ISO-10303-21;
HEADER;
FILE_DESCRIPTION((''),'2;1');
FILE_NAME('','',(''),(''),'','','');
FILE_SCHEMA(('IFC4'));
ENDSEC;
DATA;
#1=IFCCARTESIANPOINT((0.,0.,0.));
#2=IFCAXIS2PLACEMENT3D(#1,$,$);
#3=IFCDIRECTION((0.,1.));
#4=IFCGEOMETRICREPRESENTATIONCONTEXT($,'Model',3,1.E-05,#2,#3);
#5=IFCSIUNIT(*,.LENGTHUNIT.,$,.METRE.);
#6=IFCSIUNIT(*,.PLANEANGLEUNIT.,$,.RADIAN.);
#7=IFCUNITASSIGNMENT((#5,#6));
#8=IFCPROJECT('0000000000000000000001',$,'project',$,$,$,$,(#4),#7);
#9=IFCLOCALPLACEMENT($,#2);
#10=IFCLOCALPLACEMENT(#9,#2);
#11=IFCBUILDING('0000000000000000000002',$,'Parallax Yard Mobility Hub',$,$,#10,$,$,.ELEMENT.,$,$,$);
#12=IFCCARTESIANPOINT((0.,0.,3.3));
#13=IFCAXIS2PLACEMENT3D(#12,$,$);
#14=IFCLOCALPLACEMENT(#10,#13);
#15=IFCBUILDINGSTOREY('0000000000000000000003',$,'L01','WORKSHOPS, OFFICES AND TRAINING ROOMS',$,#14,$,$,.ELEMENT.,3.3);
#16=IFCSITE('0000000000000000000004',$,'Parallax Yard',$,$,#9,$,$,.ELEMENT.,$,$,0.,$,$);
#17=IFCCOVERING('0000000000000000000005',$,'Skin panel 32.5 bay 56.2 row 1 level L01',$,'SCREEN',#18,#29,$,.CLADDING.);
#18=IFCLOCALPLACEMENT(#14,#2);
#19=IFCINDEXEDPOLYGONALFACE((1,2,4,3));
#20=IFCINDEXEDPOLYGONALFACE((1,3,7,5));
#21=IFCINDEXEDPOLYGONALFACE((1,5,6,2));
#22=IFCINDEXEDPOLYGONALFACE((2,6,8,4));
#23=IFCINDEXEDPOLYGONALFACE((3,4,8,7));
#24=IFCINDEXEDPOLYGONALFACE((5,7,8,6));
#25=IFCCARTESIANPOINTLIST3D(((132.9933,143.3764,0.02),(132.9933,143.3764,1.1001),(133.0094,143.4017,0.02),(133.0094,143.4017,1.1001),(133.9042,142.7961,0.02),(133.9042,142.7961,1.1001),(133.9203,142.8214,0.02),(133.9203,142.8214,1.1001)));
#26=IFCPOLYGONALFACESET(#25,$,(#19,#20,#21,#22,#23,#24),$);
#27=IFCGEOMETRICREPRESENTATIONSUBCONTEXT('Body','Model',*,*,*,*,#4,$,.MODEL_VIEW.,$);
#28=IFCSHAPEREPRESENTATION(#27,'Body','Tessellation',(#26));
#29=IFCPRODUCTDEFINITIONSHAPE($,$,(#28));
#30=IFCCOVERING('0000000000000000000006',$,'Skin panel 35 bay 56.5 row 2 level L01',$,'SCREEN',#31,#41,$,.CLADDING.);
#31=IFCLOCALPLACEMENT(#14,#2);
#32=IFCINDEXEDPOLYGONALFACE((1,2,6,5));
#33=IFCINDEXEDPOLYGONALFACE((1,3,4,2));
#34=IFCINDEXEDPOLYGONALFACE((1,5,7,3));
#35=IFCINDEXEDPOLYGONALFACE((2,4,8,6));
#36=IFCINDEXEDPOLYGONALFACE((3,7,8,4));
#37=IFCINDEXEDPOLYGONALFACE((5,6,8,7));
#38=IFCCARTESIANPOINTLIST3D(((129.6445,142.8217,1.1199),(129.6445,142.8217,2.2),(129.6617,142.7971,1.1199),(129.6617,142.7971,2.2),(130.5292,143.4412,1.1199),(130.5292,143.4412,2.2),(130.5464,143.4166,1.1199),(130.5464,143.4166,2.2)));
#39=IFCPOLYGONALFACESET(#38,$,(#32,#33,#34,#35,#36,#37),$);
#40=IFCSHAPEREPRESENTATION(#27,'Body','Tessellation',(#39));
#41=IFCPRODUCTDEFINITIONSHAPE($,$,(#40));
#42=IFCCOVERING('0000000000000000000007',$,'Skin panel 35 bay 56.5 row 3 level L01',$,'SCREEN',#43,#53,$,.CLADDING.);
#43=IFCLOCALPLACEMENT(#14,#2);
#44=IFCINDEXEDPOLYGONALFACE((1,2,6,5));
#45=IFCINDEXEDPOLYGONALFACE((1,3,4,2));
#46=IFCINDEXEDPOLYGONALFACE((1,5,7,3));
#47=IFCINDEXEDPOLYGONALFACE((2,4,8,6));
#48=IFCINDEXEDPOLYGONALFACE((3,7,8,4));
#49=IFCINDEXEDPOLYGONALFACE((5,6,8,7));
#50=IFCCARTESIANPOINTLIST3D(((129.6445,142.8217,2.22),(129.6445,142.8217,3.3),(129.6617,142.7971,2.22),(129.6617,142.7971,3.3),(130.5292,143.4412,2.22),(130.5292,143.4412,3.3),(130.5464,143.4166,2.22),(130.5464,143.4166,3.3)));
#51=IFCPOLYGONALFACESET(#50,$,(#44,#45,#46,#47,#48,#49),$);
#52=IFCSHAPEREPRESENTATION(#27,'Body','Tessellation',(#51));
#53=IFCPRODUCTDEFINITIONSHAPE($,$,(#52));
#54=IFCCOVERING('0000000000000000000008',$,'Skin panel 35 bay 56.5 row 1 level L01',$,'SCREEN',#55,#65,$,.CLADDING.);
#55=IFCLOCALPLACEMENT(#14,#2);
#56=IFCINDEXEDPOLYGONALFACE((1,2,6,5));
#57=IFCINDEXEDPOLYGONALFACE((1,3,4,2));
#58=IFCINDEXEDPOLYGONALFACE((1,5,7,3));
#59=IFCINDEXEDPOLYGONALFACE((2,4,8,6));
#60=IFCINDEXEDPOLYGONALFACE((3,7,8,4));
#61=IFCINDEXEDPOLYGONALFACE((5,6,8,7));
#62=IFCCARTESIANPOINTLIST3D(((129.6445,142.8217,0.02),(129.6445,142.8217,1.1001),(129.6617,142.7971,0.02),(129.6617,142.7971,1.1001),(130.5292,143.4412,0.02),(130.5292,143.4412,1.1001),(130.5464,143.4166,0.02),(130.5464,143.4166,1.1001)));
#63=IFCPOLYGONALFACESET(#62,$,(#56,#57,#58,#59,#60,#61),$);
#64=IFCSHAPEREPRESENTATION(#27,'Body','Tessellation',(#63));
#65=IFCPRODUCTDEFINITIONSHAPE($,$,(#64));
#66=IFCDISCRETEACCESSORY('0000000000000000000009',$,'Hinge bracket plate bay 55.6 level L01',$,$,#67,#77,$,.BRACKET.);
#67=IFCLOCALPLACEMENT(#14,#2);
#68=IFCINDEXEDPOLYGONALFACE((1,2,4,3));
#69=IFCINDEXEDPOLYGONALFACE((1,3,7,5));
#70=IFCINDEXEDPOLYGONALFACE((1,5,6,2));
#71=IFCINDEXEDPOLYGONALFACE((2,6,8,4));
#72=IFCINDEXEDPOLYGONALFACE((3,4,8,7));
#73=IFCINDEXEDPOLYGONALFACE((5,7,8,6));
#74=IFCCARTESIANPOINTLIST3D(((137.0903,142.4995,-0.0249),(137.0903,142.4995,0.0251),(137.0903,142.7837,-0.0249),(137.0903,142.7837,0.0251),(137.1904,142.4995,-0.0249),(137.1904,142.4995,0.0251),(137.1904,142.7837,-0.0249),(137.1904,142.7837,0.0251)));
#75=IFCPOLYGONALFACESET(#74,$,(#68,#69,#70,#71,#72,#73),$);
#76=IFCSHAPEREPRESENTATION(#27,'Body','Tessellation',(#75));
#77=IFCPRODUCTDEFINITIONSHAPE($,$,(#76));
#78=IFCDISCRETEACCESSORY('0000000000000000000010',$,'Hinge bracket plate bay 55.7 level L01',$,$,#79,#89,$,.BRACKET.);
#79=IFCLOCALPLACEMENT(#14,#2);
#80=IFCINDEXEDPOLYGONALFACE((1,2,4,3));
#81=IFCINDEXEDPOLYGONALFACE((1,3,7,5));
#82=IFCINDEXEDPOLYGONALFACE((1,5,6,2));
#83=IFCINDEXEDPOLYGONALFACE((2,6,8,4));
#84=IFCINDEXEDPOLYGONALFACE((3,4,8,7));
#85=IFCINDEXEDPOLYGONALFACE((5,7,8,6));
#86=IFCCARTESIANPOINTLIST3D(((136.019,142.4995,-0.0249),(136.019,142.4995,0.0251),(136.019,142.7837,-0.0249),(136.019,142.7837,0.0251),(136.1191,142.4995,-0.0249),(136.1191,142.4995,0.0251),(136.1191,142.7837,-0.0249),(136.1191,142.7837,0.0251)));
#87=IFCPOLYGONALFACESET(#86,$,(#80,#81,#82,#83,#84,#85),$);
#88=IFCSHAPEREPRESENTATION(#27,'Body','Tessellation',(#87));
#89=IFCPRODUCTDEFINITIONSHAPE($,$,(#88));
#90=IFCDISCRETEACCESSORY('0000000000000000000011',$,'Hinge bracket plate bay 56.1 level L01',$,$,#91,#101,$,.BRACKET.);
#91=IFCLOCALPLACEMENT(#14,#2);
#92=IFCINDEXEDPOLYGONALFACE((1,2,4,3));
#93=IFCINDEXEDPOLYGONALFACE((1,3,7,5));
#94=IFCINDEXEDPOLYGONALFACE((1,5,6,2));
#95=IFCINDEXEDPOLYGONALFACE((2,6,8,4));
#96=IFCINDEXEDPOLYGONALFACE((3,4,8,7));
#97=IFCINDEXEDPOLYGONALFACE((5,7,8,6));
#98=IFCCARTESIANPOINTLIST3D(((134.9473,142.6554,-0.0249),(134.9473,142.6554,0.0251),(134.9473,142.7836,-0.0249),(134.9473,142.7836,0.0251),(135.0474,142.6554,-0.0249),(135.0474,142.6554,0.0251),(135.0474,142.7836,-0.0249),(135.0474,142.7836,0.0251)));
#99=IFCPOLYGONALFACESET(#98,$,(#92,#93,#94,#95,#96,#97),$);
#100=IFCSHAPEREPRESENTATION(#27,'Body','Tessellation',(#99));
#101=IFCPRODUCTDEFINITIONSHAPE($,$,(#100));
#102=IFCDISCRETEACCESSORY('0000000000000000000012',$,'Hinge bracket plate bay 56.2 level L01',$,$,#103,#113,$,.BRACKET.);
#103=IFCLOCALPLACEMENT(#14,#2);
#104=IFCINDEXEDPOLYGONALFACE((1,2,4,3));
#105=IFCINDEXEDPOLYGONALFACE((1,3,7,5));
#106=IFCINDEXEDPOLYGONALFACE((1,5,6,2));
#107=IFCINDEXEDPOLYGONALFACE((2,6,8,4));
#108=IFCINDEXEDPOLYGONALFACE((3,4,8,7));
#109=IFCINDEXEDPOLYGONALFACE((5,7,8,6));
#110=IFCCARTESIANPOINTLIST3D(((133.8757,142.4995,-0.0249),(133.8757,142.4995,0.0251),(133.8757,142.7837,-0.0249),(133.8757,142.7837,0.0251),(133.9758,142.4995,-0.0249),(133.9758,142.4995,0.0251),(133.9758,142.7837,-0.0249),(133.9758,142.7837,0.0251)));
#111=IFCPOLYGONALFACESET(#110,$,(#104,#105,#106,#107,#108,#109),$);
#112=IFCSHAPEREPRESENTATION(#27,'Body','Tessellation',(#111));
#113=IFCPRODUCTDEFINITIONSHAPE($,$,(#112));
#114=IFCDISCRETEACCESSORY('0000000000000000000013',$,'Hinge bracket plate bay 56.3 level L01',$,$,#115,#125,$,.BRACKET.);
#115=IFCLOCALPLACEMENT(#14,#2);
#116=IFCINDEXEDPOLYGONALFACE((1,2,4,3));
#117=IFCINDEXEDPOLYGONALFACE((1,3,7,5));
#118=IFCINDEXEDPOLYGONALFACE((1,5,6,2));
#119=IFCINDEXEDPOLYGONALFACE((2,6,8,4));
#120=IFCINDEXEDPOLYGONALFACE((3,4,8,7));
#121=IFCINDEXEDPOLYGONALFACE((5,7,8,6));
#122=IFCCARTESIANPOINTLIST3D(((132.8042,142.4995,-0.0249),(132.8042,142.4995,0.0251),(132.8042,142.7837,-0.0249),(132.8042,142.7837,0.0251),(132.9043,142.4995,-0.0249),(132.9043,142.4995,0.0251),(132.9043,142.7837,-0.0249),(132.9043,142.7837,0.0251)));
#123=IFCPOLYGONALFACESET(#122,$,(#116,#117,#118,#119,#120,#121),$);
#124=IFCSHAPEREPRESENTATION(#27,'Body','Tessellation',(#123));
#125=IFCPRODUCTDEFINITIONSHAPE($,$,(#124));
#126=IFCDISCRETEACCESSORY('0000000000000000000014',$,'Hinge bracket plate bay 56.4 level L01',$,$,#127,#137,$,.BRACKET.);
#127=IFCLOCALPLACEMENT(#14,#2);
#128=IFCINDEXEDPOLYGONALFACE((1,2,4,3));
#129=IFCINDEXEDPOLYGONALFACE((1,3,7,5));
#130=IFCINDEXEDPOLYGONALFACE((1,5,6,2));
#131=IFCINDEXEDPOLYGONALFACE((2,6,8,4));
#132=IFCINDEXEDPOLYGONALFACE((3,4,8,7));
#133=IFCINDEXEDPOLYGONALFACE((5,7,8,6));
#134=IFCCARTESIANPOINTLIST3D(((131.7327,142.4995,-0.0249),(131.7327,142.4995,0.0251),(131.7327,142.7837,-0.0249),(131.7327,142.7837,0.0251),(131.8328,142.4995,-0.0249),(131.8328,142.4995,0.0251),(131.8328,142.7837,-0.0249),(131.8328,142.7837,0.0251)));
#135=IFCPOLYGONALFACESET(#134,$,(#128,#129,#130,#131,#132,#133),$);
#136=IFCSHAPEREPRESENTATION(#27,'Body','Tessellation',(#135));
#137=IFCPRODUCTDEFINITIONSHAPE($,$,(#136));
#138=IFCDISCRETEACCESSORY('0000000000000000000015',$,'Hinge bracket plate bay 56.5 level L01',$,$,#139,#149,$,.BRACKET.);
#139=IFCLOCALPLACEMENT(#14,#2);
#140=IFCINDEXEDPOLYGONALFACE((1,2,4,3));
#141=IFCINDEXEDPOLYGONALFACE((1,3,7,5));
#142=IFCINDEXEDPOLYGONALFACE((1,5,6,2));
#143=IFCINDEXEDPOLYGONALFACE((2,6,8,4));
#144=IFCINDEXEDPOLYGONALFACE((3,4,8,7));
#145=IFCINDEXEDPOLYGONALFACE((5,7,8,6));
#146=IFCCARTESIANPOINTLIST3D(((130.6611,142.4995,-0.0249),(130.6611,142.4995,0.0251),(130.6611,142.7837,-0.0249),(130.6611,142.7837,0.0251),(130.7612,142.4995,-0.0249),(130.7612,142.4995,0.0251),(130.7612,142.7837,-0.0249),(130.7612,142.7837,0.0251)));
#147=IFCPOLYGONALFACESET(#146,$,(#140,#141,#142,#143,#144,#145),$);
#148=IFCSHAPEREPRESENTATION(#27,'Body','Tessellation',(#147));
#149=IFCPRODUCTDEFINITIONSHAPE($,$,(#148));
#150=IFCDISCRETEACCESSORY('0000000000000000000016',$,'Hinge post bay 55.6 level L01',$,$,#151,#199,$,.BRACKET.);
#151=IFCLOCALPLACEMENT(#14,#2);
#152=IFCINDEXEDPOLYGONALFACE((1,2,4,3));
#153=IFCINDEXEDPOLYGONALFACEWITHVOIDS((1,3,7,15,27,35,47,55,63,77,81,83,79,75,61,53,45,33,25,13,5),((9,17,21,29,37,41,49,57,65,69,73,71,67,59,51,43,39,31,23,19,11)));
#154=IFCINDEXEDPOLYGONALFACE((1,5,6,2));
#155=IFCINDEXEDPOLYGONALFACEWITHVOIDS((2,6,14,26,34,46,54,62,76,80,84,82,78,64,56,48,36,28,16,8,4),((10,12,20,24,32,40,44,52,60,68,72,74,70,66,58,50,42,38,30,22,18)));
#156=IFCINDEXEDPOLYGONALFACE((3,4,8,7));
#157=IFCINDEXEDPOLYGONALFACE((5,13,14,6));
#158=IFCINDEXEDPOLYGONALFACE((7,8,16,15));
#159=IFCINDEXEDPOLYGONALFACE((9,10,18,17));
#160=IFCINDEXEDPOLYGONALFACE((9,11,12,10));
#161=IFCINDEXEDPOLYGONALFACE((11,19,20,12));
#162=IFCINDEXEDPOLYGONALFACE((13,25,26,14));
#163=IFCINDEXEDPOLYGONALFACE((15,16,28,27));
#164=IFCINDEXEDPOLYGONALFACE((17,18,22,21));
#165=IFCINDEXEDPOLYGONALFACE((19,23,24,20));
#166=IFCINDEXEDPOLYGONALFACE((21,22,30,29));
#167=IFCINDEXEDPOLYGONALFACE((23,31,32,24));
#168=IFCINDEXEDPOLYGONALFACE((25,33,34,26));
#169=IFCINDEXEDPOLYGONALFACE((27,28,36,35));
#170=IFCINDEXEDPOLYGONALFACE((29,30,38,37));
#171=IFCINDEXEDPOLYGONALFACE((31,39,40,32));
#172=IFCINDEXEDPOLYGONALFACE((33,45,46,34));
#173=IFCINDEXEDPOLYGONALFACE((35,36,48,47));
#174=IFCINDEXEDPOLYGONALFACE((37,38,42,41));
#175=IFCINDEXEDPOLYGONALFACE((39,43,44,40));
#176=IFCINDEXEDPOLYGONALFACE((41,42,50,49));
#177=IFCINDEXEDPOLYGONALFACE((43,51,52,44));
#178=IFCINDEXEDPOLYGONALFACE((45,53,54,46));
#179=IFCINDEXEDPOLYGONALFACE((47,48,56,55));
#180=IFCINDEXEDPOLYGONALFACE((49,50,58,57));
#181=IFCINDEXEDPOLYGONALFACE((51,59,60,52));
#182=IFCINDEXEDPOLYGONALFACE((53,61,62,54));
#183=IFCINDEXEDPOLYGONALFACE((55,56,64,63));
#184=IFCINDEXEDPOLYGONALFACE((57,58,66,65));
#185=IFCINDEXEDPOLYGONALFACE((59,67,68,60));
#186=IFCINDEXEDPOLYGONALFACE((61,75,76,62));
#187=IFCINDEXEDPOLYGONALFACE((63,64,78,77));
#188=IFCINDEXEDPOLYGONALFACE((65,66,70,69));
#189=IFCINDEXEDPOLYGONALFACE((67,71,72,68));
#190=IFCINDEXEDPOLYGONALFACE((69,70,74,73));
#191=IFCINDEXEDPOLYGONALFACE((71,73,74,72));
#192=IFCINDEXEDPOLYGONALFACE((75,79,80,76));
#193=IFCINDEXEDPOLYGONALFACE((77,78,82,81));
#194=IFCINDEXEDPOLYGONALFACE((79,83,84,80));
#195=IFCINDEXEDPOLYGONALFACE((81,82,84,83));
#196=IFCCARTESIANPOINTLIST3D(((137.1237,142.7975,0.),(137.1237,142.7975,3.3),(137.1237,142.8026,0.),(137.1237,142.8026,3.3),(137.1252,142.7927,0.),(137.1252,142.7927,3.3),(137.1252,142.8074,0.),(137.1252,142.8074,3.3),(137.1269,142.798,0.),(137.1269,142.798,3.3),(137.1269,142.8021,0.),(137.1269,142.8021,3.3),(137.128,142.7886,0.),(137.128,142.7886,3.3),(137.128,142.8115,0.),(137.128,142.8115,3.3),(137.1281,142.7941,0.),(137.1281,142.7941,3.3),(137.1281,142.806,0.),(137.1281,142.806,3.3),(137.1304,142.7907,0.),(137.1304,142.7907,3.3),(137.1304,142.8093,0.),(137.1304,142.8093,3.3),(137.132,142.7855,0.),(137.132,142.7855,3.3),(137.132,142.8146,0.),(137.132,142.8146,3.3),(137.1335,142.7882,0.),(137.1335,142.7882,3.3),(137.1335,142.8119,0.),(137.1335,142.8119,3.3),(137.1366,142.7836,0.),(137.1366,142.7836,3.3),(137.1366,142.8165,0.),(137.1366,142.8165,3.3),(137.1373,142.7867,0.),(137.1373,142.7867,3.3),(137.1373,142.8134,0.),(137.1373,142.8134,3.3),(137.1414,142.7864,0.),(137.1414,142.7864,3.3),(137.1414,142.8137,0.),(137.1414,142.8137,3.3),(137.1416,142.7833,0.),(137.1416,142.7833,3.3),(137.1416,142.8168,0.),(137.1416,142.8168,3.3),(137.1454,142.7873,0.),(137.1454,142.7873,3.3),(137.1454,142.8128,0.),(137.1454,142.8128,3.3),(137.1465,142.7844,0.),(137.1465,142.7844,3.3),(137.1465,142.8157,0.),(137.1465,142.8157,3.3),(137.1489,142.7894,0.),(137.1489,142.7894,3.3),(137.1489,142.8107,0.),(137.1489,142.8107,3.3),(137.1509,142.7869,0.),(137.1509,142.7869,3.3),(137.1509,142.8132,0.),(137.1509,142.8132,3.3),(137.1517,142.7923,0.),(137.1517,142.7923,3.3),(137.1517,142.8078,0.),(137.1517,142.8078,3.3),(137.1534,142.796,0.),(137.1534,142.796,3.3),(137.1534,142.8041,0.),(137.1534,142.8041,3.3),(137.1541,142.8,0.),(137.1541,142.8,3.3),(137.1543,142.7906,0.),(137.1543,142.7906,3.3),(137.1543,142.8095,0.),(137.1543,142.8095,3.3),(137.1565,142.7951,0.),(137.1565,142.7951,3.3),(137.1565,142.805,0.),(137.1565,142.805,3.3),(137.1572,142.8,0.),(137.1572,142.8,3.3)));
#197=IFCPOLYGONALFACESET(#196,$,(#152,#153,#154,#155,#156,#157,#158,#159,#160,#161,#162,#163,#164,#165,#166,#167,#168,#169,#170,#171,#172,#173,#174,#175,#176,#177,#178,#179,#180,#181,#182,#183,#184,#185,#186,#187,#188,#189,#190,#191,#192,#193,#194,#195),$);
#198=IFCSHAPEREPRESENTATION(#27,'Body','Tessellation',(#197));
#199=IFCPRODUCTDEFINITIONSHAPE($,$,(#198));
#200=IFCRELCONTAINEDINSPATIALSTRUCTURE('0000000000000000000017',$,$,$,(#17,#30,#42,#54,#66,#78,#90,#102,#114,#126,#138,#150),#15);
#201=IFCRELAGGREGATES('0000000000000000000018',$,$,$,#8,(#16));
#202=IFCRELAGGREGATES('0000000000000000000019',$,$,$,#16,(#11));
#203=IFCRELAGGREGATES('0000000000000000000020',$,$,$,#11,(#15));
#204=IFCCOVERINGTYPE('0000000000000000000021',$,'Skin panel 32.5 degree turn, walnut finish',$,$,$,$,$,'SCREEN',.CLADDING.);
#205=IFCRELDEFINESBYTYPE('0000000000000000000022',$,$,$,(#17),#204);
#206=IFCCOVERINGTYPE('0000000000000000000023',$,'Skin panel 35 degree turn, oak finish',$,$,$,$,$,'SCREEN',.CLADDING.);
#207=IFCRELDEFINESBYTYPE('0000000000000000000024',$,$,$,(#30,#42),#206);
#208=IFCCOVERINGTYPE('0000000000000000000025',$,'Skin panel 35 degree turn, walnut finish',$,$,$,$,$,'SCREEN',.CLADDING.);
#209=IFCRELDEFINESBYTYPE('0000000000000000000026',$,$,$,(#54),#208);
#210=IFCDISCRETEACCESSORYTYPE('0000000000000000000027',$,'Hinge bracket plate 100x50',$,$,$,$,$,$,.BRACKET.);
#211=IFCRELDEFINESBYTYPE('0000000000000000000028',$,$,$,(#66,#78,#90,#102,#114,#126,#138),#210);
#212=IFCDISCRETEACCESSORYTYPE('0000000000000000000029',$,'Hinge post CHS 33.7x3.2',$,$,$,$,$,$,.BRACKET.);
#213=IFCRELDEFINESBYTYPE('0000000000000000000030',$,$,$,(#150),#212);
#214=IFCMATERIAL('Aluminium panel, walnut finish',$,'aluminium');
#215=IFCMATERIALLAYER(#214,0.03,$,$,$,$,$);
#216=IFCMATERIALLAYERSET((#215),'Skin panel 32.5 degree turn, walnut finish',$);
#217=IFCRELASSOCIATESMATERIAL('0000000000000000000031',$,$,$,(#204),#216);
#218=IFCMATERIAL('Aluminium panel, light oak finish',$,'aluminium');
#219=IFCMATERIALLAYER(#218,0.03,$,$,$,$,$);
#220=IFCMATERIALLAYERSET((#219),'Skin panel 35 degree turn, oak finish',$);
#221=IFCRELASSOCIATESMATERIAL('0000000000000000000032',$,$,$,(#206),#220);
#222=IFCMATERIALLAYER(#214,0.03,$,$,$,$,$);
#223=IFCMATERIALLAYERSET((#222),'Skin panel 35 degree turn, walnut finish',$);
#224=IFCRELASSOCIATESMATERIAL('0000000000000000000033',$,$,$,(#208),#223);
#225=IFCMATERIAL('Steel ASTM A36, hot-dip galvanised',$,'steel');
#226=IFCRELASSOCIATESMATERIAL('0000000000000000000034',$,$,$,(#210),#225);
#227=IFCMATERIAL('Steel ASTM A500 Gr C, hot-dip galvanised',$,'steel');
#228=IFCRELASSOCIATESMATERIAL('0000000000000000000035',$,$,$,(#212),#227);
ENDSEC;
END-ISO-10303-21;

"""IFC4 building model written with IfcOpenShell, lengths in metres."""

from ifc_helpers import new_model, si_unit, direction, frame, origin, origin_2d, place, context, subcontext, project, spatial, rectangle, hollow_circle, extrude, material, layer, layer_set, material_profile, profile_set, type_object, element, save


model = new_model("IFC4")

# Units and contexts
model_context = context("Model", 3, precision=1e-05, world=origin(), true_north=direction((0.0, 1.0)))
body_context = subcontext(model_context, "Body", "Model", "MODEL_VIEW")
ifc_project = project(units=[si_unit("LENGTHUNIT", "METRE"), si_unit("PLANEANGLEUNIT", "RADIAN")], contexts=[model_context])

# Site, building, storey
site_placement = place(None, origin())
site = spatial("IfcSite", under=ifc_project, at=site_placement, Name="Parallax Yard", CompositionType="ELEMENT", RefElevation=0.0)
building_placement = place(site_placement, origin())
building = spatial("IfcBuilding", under=site, at=building_placement, Name="Parallax Yard Mobility Hub", CompositionType="ELEMENT")
storey_placement = place(building_placement, frame((0.0, 0.0, 3.3)))
storey = spatial("IfcBuildingStorey", under=building, at=storey_placement, Name="L01", Description="WORKSHOPS, OFFICES AND TRAINING ROOMS", CompositionType="ELEMENT", Elevation=3.3)

# Coverings
ifc_material_1 = material(Name="Aluminium panel, light oak finish", Category="aluminium")
ifc_material_2 = material(Name="Aluminium panel, walnut finish", Category="aluminium")
ifc_layer_1 = layer(ifc_material_2, 0.03)
ifc_layer_set_1 = layer_set([ifc_layer_1], Name="Skin panel 32.5 degree turn, walnut finish")
covering_type_1 = type_object("IfcCoveringType", Name="Skin panel 32.5 degree turn, walnut finish", ElementType="SCREEN", PredefinedType="CLADDING", material=ifc_layer_set_1)
for number, where, z_axis, x_axis, name in (
    (1, (133.4568, 143.0989, 0.02), (0.0, 0.0, 1.0), (-0.843391, 0.5373, 0.0), "Skin panel 32.5 bay 56.2 row 1 level L01"),
):
    element("IfcCovering", number, at=place(storey_placement, frame(where, z_axis=z_axis, x_axis=x_axis)), inside=storey, type_object=covering_type_1, Name=name, ObjectType="SCREEN", PredefinedType="CLADDING", context=body_context, shape_type="SweptSolid", body=[
        extrude(rectangle(XDim=1.0801, YDim=0.03, at=origin_2d()), origin(), (0.0, 0.0, 1.0), 1.0801),
    ])
ifc_layer_2 = layer(ifc_material_1, 0.03)
ifc_layer_set_2 = layer_set([ifc_layer_2], Name="Skin panel 35 degree turn, oak finish")
covering_type_2 = type_object("IfcCoveringType", Name="Skin panel 35 degree turn, oak finish", ElementType="SCREEN", PredefinedType="CLADDING", material=ifc_layer_set_2)
for number, where, z_axis, x_axis, name in (
    (2, (130.0955, 143.1191, 1.1199), (0.0, 0.0, 1.0), (0.819152, 0.573576, 0.0), "Skin panel 35 bay 56.5 row 2 level L01"),
    (3, (130.0955, 143.1191, 2.22), (0.0, 0.0, 1.0), (0.819152, 0.573576, 0.0), "Skin panel 35 bay 56.5 row 3 level L01"),
):
    element("IfcCovering", number, at=place(storey_placement, frame(where, z_axis=z_axis, x_axis=x_axis)), inside=storey, type_object=covering_type_2, Name=name, ObjectType="SCREEN", PredefinedType="CLADDING", context=body_context, shape_type="SweptSolid", body=[
        extrude(rectangle(XDim=1.0801, YDim=0.03, at=origin_2d()), origin(), (0.0, 0.0, 1.0), 1.0801),
    ])
ifc_layer_3 = layer(ifc_material_2, 0.03)
ifc_layer_set_3 = layer_set([ifc_layer_3], Name="Skin panel 35 degree turn, walnut finish")
covering_type_3 = type_object("IfcCoveringType", Name="Skin panel 35 degree turn, walnut finish", ElementType="SCREEN", PredefinedType="CLADDING", material=ifc_layer_set_3)
covering_1_placement = place(storey_placement, frame((130.0955, 143.1191, 0.02), z_axis=(0.0, 0.0, 1.0), x_axis=(0.819152, 0.573576, 0.0)))
element("IfcCovering", 4, at=covering_1_placement, inside=storey, type_object=covering_type_3, Name="Skin panel 35 bay 56.5 row 1 level L01", ObjectType="SCREEN", PredefinedType="CLADDING", context=body_context, shape_type="SweptSolid", body=[
    extrude(rectangle(XDim=1.0801, YDim=0.03, at=origin_2d()), origin(), (0.0, 0.0, 1.0), 1.0801),
])

# Discrete accessories
ifc_material_3 = material(Name="Steel ASTM A36, hot-dip galvanised", Category="steel")
discrete_accessory_type_1 = type_object("IfcDiscreteAccessoryType", Name="Hinge bracket plate 100x50", PredefinedType="BRACKET", material=ifc_material_3)
for number, where, z_axis, x_axis, name in (
    (5, (137.1404, 142.6416, -0.0249), (0.0, 0.0, 1.0), (0.0, 1.0, 0.0), "Hinge bracket plate bay 55.6 level L01"),
    (6, (136.0691, 142.6416, -0.0249), (0.0, 0.0, 1.0), (0.0, 1.0, 0.0), "Hinge bracket plate bay 55.7 level L01"),
):
    element("IfcDiscreteAccessory", number, at=place(storey_placement, frame(where, z_axis=z_axis, x_axis=x_axis)), inside=storey, type_object=discrete_accessory_type_1, Name=name, PredefinedType="BRACKET", context=body_context, shape_type="SweptSolid", body=[
        extrude(rectangle(XDim=0.2842, YDim=0.1001, at=origin_2d()), origin(), (0.0, 0.0, 1.0), 0.05),
    ])
discrete_accessory_placement = place(storey_placement, frame((134.9973, 142.7195, -0.0249), z_axis=(0.0, 0.0, 1.0), x_axis=(0.0, 1.0, 0.0)))
element("IfcDiscreteAccessory", 7, at=discrete_accessory_placement, inside=storey, type_object=discrete_accessory_type_1, Name="Hinge bracket plate bay 56.1 level L01", PredefinedType="BRACKET", context=body_context, shape_type="SweptSolid", body=[
    extrude(rectangle(XDim=0.1282, YDim=0.1001, at=origin_2d()), origin(), (0.0, 0.0, 1.0), 0.05),
])
for number, where, z_axis, x_axis, name in (
    (8, (133.9258, 142.6416, -0.0249), (0.0, 0.0, 1.0), (0.0, 1.0, 0.0), "Hinge bracket plate bay 56.2 level L01"),
    (9, (132.8542, 142.6416, -0.0249), (0.0, 0.0, 1.0), (0.0, 1.0, 0.0), "Hinge bracket plate bay 56.3 level L01"),
    (10, (131.7827, 142.6416, -0.0249), (0.0, 0.0, 1.0), (0.0, 1.0, 0.0), "Hinge bracket plate bay 56.4 level L01"),
    (11, (130.7112, 142.6416, -0.0249), (0.0, 0.0, 1.0), (0.0, 1.0, 0.0), "Hinge bracket plate bay 56.5 level L01"),
):
    element("IfcDiscreteAccessory", number, at=place(storey_placement, frame(where, z_axis=z_axis, x_axis=x_axis)), inside=storey, type_object=discrete_accessory_type_1, Name=name, PredefinedType="BRACKET", context=body_context, shape_type="SweptSolid", body=[
        extrude(rectangle(XDim=0.2842, YDim=0.1001, at=origin_2d()), origin(), (0.0, 0.0, 1.0), 0.05),
    ])
ifc_material_4 = material(Name="Steel ASTM A500 Gr C, hot-dip galvanised", Category="steel")
ifc_material_profile = material_profile(ifc_material_4, hollow_circle(Radius=0.0168, WallThickness=0.0032, at=origin_2d()), Name="CHS 33.7x3.2")
ifc_profile_set = profile_set([ifc_material_profile], Name="Steel ASTM A500 Gr C, hot-dip galvanised")
discrete_accessory_type_2 = type_object("IfcDiscreteAccessoryType", Name="Hinge post CHS 33.7x3.2", PredefinedType="BRACKET", material=ifc_profile_set)
for number, where, z_axis, x_axis, name in (
    (12, (137.1404, 142.8, 0.0), (0.0, 0.0, 1.0), (1.0, 0.0, 0.0), "Hinge post bay 55.6 level L01"),
):
    element("IfcDiscreteAccessory", number, at=place(storey_placement, frame(where, z_axis=z_axis, x_axis=x_axis)), inside=storey, type_object=discrete_accessory_type_2, Name=name, PredefinedType="BRACKET", context=body_context, shape_type="SweptSolid", body=[
        extrude(hollow_circle(Radius=0.0168, WallThickness=0.0032, at=origin_2d()), origin(), (0.0, 0.0, 1.0), 3.3),
    ])

save(model, "model.ifc")
